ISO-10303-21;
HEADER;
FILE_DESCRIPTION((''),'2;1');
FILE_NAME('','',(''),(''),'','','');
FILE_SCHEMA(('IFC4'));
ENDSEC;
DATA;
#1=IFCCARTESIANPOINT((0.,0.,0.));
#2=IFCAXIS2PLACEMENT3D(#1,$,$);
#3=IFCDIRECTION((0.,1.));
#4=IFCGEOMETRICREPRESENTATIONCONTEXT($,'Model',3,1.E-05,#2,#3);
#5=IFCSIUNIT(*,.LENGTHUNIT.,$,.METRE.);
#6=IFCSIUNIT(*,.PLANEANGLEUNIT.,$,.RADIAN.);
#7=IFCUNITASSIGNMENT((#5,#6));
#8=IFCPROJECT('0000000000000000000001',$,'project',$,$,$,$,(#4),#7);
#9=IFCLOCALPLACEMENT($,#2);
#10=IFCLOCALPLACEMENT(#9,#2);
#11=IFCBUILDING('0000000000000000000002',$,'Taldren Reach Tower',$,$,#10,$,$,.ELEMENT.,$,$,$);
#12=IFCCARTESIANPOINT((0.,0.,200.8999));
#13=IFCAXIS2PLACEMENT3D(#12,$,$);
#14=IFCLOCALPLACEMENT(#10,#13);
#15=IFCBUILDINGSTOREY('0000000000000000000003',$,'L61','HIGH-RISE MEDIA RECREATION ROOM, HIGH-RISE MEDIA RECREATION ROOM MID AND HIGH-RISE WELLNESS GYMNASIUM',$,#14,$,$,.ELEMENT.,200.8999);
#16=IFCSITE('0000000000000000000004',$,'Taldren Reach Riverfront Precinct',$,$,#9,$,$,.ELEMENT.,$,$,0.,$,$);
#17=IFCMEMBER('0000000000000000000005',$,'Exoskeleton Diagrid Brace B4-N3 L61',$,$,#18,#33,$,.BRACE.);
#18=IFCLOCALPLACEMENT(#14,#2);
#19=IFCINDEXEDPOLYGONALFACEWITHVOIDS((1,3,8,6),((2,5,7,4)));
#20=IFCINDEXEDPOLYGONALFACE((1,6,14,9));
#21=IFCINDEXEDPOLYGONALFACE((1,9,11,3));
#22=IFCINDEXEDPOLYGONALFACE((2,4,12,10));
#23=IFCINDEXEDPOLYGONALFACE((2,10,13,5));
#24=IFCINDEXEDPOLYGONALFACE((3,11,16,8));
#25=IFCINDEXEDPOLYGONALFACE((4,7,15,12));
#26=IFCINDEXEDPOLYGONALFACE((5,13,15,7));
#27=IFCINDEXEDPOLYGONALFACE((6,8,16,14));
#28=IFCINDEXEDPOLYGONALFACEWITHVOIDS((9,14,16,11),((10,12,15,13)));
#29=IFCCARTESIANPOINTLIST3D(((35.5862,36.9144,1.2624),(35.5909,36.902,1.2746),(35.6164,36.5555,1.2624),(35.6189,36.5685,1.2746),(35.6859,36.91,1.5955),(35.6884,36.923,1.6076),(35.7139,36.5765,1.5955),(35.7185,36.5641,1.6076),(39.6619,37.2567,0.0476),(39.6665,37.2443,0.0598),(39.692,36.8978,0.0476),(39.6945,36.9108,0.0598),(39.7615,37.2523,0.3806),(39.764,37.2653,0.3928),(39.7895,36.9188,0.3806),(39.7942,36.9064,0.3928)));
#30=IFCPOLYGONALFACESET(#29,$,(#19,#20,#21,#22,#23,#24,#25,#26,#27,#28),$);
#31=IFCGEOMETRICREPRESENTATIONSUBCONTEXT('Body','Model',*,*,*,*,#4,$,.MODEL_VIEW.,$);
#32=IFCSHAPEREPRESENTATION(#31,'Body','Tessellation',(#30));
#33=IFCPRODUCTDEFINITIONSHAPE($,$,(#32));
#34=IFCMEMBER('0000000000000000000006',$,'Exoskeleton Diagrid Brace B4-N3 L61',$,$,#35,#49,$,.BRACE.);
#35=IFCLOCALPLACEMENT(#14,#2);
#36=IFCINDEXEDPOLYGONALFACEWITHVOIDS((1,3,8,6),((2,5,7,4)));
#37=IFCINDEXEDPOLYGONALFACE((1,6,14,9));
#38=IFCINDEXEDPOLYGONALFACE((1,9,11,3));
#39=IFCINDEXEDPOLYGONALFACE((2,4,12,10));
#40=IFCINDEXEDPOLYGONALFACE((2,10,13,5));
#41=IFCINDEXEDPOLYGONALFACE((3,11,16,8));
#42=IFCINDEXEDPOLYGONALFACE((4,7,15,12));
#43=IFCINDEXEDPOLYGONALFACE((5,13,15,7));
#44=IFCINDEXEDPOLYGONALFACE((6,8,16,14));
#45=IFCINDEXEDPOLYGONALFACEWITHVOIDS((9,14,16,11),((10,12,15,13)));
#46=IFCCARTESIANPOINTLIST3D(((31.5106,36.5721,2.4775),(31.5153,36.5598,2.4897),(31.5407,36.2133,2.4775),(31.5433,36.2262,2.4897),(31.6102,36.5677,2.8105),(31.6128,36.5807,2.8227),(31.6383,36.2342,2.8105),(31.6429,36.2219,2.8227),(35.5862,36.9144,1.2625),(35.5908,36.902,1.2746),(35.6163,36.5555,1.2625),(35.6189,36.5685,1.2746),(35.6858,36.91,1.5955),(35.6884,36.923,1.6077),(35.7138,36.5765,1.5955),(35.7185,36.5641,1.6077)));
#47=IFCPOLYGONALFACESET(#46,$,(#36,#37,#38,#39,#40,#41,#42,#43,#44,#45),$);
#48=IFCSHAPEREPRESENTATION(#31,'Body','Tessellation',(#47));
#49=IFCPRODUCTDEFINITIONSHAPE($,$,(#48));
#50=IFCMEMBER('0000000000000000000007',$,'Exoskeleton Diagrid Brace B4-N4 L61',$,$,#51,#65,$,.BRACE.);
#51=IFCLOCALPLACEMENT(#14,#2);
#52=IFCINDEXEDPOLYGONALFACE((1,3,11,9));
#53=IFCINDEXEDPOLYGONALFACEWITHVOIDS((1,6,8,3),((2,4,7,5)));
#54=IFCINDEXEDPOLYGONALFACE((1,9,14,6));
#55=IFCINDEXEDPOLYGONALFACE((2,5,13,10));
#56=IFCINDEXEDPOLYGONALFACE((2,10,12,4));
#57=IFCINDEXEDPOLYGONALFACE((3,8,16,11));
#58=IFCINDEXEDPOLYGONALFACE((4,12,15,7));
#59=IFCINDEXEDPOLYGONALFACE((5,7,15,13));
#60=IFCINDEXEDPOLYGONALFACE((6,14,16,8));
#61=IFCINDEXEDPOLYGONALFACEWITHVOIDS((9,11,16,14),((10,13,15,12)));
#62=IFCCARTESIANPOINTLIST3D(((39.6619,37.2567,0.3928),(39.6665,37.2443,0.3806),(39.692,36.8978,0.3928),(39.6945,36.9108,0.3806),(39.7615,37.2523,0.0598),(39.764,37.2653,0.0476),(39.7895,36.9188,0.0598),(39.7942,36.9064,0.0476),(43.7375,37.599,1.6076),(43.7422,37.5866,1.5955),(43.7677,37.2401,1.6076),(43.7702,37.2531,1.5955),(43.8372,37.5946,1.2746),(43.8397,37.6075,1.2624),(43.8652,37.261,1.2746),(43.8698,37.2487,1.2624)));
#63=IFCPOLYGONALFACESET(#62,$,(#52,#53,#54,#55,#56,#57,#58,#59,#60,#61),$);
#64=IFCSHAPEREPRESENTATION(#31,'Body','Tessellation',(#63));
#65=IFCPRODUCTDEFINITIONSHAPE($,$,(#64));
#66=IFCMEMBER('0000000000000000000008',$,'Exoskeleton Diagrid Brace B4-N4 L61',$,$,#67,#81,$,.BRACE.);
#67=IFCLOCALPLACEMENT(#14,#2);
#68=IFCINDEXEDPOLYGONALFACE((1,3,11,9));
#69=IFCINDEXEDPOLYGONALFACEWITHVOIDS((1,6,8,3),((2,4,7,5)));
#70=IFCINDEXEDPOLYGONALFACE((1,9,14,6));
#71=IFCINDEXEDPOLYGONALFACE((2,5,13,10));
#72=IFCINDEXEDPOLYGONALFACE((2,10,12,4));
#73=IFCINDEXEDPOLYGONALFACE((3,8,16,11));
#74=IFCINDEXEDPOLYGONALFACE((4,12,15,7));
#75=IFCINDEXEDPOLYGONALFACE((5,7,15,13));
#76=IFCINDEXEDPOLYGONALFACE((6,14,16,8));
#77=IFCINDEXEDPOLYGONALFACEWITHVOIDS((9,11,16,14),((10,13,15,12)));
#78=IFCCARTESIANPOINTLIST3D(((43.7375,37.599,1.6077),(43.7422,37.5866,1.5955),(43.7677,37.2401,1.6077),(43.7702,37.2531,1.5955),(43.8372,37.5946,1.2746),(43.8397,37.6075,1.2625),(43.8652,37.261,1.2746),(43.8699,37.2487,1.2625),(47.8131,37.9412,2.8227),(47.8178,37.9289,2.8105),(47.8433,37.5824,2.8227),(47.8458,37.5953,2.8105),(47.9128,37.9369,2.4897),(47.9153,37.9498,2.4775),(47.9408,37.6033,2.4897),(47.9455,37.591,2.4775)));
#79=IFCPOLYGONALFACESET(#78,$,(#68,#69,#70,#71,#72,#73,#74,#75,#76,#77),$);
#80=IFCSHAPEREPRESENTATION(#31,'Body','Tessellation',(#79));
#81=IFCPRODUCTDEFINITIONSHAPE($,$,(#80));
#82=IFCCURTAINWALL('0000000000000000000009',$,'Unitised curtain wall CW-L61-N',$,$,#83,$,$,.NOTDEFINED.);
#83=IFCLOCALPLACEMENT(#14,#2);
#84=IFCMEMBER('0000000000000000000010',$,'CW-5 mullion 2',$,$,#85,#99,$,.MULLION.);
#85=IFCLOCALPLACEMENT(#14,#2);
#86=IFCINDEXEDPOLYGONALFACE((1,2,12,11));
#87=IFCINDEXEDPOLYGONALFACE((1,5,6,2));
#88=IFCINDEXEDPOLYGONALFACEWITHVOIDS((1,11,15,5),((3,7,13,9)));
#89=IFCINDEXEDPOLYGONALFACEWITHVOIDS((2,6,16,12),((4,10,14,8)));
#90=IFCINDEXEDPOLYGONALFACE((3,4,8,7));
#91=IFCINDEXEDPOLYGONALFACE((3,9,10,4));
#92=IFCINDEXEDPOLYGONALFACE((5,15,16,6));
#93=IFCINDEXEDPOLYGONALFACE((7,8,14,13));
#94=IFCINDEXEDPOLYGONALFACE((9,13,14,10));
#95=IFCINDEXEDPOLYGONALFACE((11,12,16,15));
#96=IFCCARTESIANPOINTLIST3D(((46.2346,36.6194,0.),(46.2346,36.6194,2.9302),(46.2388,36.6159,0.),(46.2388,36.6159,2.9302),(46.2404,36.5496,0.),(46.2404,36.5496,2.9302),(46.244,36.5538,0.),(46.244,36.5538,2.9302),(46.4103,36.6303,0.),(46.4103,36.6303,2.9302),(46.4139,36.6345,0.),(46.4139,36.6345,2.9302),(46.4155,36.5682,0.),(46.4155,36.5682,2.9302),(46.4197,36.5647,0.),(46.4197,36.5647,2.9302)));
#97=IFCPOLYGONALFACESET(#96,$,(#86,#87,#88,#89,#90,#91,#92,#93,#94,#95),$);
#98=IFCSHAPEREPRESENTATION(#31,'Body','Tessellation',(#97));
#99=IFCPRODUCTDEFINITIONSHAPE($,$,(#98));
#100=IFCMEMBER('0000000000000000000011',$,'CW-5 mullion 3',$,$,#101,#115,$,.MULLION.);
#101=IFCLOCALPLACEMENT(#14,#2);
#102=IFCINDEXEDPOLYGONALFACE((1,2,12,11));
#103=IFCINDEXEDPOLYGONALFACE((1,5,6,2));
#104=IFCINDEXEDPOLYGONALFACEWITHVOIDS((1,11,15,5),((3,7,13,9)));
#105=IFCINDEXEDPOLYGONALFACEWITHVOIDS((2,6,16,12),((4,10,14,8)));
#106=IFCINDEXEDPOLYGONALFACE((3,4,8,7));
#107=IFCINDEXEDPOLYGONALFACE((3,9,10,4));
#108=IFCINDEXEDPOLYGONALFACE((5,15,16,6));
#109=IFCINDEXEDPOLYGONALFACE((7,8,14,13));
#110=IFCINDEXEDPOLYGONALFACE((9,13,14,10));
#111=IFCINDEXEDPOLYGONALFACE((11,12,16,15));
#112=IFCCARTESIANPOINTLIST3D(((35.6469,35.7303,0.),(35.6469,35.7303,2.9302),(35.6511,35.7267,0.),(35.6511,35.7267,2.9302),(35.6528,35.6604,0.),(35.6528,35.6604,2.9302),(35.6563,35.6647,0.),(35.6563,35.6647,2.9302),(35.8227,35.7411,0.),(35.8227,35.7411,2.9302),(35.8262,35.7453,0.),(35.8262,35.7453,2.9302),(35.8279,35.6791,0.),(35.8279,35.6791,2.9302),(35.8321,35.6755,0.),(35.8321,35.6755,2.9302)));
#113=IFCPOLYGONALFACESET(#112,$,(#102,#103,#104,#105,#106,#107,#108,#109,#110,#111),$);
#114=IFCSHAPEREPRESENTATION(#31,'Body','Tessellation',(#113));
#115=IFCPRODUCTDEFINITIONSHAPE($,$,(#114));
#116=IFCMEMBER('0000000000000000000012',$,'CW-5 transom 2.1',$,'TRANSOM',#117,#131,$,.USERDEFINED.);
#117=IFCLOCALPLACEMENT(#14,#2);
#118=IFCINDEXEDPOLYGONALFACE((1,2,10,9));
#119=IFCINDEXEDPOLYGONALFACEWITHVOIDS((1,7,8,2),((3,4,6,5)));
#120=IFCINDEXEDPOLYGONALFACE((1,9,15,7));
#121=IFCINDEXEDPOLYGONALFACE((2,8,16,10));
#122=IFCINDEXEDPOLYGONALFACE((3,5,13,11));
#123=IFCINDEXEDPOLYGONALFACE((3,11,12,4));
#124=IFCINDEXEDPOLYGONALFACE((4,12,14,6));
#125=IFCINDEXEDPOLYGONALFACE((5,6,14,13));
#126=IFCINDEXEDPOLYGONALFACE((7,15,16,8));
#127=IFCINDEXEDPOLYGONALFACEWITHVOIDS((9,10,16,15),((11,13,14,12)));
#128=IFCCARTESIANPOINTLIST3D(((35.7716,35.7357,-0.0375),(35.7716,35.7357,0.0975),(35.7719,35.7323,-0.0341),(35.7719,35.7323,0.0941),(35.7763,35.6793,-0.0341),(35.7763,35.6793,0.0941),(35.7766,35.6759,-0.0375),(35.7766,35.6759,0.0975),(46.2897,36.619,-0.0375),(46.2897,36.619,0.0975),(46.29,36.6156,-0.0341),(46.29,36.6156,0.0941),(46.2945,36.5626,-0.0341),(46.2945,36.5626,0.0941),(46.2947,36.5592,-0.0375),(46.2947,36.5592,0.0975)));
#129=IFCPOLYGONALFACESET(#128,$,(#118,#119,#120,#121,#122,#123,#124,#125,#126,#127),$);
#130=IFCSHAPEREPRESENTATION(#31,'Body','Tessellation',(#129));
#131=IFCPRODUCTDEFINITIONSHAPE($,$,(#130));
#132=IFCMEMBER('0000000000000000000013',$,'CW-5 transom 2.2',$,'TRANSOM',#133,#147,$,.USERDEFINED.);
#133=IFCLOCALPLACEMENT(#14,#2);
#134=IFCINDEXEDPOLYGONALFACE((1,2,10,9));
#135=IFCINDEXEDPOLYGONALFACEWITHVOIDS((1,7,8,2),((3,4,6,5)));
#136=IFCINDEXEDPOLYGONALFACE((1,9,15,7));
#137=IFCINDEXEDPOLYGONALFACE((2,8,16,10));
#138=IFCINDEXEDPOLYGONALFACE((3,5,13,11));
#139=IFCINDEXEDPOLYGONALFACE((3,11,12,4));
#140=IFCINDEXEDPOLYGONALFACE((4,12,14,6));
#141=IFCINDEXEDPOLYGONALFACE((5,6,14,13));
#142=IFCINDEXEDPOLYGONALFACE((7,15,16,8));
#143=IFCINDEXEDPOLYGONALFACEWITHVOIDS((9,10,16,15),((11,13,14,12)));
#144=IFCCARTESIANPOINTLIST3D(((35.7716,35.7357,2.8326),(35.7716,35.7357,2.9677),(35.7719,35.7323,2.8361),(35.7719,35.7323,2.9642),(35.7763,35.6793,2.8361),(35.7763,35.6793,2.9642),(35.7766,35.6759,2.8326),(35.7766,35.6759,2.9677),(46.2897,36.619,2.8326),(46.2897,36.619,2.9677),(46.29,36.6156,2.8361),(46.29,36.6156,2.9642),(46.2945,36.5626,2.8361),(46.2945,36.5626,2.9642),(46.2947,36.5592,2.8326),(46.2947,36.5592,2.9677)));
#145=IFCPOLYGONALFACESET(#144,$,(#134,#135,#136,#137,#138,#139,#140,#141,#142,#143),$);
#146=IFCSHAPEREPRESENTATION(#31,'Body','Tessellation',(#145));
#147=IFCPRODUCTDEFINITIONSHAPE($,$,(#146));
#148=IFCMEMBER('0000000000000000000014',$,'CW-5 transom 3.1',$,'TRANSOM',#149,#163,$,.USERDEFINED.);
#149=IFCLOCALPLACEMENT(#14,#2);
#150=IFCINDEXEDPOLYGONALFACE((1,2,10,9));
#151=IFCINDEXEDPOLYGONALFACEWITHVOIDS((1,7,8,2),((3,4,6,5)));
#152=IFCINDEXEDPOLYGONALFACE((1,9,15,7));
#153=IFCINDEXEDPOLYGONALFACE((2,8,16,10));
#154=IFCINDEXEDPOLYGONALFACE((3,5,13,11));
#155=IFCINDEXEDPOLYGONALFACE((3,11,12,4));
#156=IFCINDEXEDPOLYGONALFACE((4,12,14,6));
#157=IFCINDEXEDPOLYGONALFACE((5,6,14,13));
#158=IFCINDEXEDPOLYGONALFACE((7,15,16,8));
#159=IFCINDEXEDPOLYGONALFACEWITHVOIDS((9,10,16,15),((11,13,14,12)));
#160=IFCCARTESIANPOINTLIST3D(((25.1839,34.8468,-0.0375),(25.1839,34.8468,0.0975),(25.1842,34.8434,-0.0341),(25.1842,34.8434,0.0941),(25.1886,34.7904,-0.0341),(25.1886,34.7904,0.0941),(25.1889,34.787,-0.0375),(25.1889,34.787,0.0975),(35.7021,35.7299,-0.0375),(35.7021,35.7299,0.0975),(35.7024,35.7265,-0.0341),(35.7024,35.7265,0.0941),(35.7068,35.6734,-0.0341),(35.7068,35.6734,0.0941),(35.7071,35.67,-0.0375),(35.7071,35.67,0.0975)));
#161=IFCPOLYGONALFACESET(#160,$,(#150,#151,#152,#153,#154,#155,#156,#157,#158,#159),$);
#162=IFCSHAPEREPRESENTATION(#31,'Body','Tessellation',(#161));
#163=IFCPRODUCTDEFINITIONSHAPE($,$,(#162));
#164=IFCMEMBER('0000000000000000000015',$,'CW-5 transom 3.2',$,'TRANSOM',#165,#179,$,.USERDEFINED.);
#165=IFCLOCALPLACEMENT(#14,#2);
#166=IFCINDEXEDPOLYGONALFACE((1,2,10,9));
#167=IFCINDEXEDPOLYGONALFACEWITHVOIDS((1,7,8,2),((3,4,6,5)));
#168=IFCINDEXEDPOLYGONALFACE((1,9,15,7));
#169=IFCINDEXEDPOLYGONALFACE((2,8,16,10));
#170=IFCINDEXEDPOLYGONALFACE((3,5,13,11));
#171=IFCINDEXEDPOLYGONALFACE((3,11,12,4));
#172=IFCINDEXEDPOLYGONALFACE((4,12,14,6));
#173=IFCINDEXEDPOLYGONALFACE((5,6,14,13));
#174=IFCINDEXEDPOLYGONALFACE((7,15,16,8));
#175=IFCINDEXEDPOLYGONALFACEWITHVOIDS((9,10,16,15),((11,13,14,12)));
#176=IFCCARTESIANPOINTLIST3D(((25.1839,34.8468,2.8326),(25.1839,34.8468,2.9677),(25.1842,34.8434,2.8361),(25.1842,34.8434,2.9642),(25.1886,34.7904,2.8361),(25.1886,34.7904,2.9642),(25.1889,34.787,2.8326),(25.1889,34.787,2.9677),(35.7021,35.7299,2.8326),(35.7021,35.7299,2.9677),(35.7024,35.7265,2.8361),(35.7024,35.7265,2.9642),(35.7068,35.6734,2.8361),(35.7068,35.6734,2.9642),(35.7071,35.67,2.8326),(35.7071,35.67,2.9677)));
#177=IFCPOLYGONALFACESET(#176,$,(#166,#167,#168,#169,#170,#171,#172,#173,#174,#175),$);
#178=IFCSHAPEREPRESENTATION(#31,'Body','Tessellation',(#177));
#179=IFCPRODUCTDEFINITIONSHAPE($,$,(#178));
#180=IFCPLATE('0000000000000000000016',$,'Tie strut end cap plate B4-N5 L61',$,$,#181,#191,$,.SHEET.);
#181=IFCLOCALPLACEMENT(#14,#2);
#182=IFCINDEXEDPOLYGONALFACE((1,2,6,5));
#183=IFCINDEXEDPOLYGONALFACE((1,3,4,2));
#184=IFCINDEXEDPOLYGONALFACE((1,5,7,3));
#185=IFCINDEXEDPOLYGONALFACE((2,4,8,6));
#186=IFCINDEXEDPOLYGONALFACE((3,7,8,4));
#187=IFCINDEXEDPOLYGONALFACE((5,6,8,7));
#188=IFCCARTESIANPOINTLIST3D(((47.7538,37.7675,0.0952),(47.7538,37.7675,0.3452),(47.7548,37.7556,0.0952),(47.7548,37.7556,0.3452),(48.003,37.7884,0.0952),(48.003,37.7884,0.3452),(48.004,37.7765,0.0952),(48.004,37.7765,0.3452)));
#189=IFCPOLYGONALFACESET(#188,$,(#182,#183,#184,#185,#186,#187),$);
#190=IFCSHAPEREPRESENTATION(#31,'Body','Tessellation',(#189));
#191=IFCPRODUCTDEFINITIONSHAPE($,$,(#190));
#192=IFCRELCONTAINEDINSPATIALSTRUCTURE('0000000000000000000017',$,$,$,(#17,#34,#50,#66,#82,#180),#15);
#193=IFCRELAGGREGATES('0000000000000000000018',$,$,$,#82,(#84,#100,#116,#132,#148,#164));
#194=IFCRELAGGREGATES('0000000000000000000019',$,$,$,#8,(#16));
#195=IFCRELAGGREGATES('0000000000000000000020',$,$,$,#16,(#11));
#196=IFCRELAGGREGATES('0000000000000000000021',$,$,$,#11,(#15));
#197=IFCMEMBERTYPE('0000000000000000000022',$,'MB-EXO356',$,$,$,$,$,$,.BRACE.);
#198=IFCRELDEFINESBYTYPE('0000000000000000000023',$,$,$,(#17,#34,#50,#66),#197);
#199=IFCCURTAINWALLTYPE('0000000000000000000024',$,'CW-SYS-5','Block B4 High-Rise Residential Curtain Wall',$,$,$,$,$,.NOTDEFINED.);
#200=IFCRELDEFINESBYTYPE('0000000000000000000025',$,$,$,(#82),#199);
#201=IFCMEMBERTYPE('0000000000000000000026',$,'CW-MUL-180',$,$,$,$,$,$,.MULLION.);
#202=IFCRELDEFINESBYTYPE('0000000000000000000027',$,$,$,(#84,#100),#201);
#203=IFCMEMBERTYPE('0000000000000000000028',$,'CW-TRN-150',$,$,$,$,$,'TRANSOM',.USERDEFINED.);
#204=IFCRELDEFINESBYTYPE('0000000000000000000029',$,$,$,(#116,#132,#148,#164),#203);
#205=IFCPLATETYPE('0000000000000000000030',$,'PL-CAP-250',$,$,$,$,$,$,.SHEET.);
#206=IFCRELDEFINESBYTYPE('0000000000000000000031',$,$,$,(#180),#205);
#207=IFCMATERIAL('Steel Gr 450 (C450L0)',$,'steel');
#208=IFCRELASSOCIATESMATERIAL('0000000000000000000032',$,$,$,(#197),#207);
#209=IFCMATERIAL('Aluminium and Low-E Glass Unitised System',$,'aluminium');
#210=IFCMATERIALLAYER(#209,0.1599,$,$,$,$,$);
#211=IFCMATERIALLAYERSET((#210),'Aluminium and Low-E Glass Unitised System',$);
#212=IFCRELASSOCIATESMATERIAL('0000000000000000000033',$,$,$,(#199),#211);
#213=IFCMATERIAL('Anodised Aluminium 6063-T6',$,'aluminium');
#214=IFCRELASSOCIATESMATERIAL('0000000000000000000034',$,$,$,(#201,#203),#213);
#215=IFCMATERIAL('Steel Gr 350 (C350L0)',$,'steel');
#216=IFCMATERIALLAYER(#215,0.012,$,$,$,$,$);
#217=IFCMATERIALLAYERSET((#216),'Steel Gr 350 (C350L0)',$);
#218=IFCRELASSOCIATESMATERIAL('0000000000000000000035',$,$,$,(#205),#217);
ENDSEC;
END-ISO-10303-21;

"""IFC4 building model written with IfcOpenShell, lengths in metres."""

from ifc_helpers import new_model, si_unit, direction, frame, origin, origin_2d, place, context, subcontext, project, spatial, rectangle, hollow_rectangle, extrude, source, transform, mapped, material, layer, layer_set, material_profile, profile_set, type_object, element, aggregate, save


model = new_model("IFC4")

# Units and contexts
model_context = context("Model", 3, precision=1e-05, world=origin(), true_north=direction((0.0, 1.0)))
body_context = subcontext(model_context, "Body", "Model", "MODEL_VIEW")
ifc_project = project(units=[si_unit("LENGTHUNIT", "METRE"), si_unit("PLANEANGLEUNIT", "RADIAN")], contexts=[model_context])

# Site, building, storey
site_placement = place(None, origin())
site = spatial("IfcSite", under=ifc_project, at=site_placement, Name="Taldren Reach Riverfront Precinct", CompositionType="ELEMENT", RefElevation=0.0)
building_placement = place(site_placement, origin())
building = spatial("IfcBuilding", under=site, at=building_placement, Name="Taldren Reach Tower", CompositionType="ELEMENT")
storey_placement = place(building_placement, frame((0.0, 0.0, 200.8999)))
storey = spatial("IfcBuildingStorey", under=building, at=storey_placement, Name="L61", Description="HIGH-RISE MEDIA RECREATION ROOM, HIGH-RISE MEDIA RECREATION ROOM MID AND HIGH-RISE WELLNESS GYMNASIUM", CompositionType="ELEMENT", Elevation=200.8999)

# Shared definitions
ifc_material_1 = material(Name="Steel Gr 350 (C350L0)", Category="steel")

# Members
ifc_material_2 = material(Name="Steel Gr 450 (C450L0)", Category="steel")
ifc_material_profile_1 = material_profile(ifc_material_2, hollow_rectangle(XDim=0.3601, YDim=0.3601, WallThickness=0.0127, at=origin_2d()), Name="360x360x12.7SHS")
ifc_profile_set_1 = profile_set([ifc_material_profile_1], Name="Steel Gr 450 (C450L0)")
member_type_1 = type_object("IfcMemberType", Name="MB-EXO356", PredefinedType="BRACE", material=ifc_profile_set_1)
shared_shape_1 = source(origin(), body_context, "Body", "SweptSolid", [
    extrude(hollow_rectangle(XDim=0.3601, YDim=0.3601, WallThickness=0.0127, at=origin_2d()), origin(), (0.0, 0.0, 1.0), 4.2666),
])
for number, where, z_axis, x_axis, name in (
    (1, (39.728, 37.0815, 0.2202), (-0.955245, -0.080224, 0.284731), (0.083688, -0.996492, 0.0), "Exoskeleton Diagrid Brace B4-N3 L61"),
    (2, (35.6523, 36.7393, 1.4351), (-0.955229, -0.080222, 0.284783), (0.083688, -0.996492, 0.0), "Exoskeleton Diagrid Brace B4-N3 L61"),
    (3, (39.728, 37.0815, 0.2202), (0.955245, 0.080224, 0.284731), (-0.083688, 0.996492, 0.0), "Exoskeleton Diagrid Brace B4-N4 L61"),
    (4, (43.8037, 37.4238, 1.4351), (0.955229, 0.080222, 0.284783), (-0.083688, 0.996492, 0.0), "Exoskeleton Diagrid Brace B4-N4 L61"),
):
    element("IfcMember", number, at=place(storey_placement, frame(where, z_axis=z_axis, x_axis=x_axis)), inside=storey, type_object=member_type_1, Name=name, PredefinedType="BRACE", context=body_context, shape_type="MappedRepresentation", body=[
        mapped(shared_shape_1, transform((0.0, 0.0, 0.0), scale=1.0)),
    ])

# Curtain wall, members
ifc_material_3 = material(Name="Aluminium and Low-E Glass Unitised System", Category="aluminium")
ifc_layer_1 = layer(ifc_material_3, 0.1599)
ifc_layer_set_1 = layer_set([ifc_layer_1], Name="Aluminium and Low-E Glass Unitised System")
curtain_wall_type = type_object("IfcCurtainWallType", Name="CW-SYS-5", Description="Block B4 High-Rise Residential Curtain Wall", PredefinedType="NOTDEFINED", material=ifc_layer_set_1)
curtain_wall_placement = place(storey_placement, origin())
curtain_wall = element("IfcCurtainWall", 5, at=curtain_wall_placement, inside=storey, type_object=curtain_wall_type, Name="Unitised curtain wall CW-L61-N", PredefinedType="NOTDEFINED")
ifc_material_4 = material(Name="Anodised Aluminium 6063-T6", Category="aluminium")
ifc_material_profile_2 = material_profile(ifc_material_4, hollow_rectangle(XDim=0.0701, YDim=0.1799, WallThickness=0.0039, at=origin_2d()), Name="ALU-180x70x4RHS")
ifc_profile_set_2 = profile_set([ifc_material_profile_2], Name="Anodised Aluminium 6063-T6")
member_type_2 = type_object("IfcMemberType", Name="CW-MUL-180", PredefinedType="MULLION", material=ifc_profile_set_2)
shared_shape_2 = source(origin(), body_context, "Body", "SweptSolid", [
    extrude(hollow_rectangle(XDim=0.0701, YDim=0.1799, WallThickness=0.0039, at=origin_2d()), origin(), (0.0, 0.0, 1.0), 2.9302),
])
member_1_placement = place(storey_placement, frame((46.3271, 36.592, 0.0), z_axis=(0.0, 0.0, 1.0), x_axis=(0.083678, -0.996493, 0.0)))
member_1 = element("IfcMember", 6, at=member_1_placement, type_object=member_type_2, Name="CW-5 mullion 2", PredefinedType="MULLION", context=body_context, shape_type="MappedRepresentation", body=[
    mapped(shared_shape_2, transform((0.0, 0.0, 0.0), scale=1.0)),
])
member_2_placement = place(storey_placement, frame((35.7395, 35.7029, 0.0), z_axis=(0.0, 0.0, 1.0), x_axis=(0.083678, -0.996493, 0.0)))
member_2 = element("IfcMember", 7, at=member_2_placement, type_object=member_type_2, Name="CW-5 mullion 3", PredefinedType="MULLION", context=body_context, shape_type="MappedRepresentation", body=[
    mapped(shared_shape_2, transform((0.0, 0.0, 0.0), scale=1.0)),
])
ifc_material_profile_3 = material_profile(ifc_material_4, hollow_rectangle(XDim=0.0601, YDim=0.135, WallThickness=0.0034, at=origin_2d()), Name="ALU-135x60x3.5RHS")
ifc_profile_set_3 = profile_set([ifc_material_profile_3], Name="Anodised Aluminium 6063-T6")
member_type_3 = type_object("IfcMemberType", Name="CW-TRN-150", ElementType="TRANSOM", PredefinedType="USERDEFINED", material=ifc_profile_set_3)
shared_shape_3 = source(origin(), body_context, "Body", "SweptSolid", [
    extrude(hollow_rectangle(XDim=0.0601, YDim=0.135, WallThickness=0.0034, at=origin_2d()), origin(), (0.0, 0.0, 1.0), 10.5552),
])
member_3_placement = place(storey_placement, frame((46.2922, 36.5891, 0.03), z_axis=(-0.996492, -0.083685, 0.0), x_axis=(0.083685, -0.996492, 0.0)))
member_3 = element("IfcMember", 8, at=member_3_placement, type_object=member_type_3, Name="CW-5 transom 2.1", ObjectType="TRANSOM", PredefinedType="USERDEFINED", context=body_context, shape_type="MappedRepresentation", body=[
    mapped(shared_shape_3, transform((0.0, 0.0, 0.0), scale=1.0)),
])
member_4_placement = place(storey_placement, frame((46.2922, 36.5891, 2.9001), z_axis=(-0.996492, -0.083685, 0.0), x_axis=(0.083685, -0.996492, 0.0)))
member_4 = element("IfcMember", 9, at=member_4_placement, type_object=member_type_3, Name="CW-5 transom 2.2", ObjectType="TRANSOM", PredefinedType="USERDEFINED", context=body_context, shape_type="MappedRepresentation", body=[
    mapped(shared_shape_3, transform((0.0, 0.0, 0.0), scale=1.0)),
])
member_5_placement = place(storey_placement, frame((35.7046, 35.7, 0.03), z_axis=(-0.996494, -0.083662, 0.0), x_axis=(0.083662, -0.996494, 0.0)))
member_5 = element("IfcMember", 10, at=member_5_placement, type_object=member_type_3, Name="CW-5 transom 3.1", ObjectType="TRANSOM", PredefinedType="USERDEFINED", context=body_context, shape_type="MappedRepresentation", body=[
    mapped(shared_shape_3, transform((0.0, 0.0, 0.0), scale=1.0)),
])
member_6_placement = place(storey_placement, frame((35.7046, 35.7, 2.9001), z_axis=(-0.996494, -0.083662, 0.0), x_axis=(0.083662, -0.996494, 0.0)))
member_6 = element("IfcMember", 11, at=member_6_placement, type_object=member_type_3, Name="CW-5 transom 3.2", ObjectType="TRANSOM", PredefinedType="USERDEFINED", context=body_context, shape_type="MappedRepresentation", body=[
    mapped(shared_shape_3, transform((0.0, 0.0, 0.0), scale=1.0)),
])

# Plate
ifc_layer_2 = layer(ifc_material_1, 0.012)
ifc_layer_set_2 = layer_set([ifc_layer_2], Name="Steel Gr 350 (C350L0)")
plate_type_1 = type_object("IfcPlateType", Name="PL-CAP-250", PredefinedType="SHEET", material=ifc_layer_set_2)
shared_shape_4 = source(origin(), body_context, "Body", "SweptSolid", [
    extrude(rectangle(XDim=0.25, YDim=0.012, at=origin_2d()), origin(), (0.0, 0.0, 1.0), 0.25),
])
plate_1_placement = place(storey_placement, frame((47.8789, 37.772, 0.0952), z_axis=(0.0, 0.0, 1.0), x_axis=(0.996493, 0.083678, 0.0)))
element("IfcPlate", 12, at=plate_1_placement, inside=storey, type_object=plate_type_1, Name="Tie strut end cap plate B4-N5 L61", PredefinedType="SHEET", context=body_context, shape_type="MappedRepresentation", body=[
    mapped(shared_shape_4, transform((0.0, 0.0, 0.0), scale=1.0)),
])

aggregate(curtain_wall, [member_1, member_2, member_3, member_4, member_5, member_6])

save(model, "model.ifc")
